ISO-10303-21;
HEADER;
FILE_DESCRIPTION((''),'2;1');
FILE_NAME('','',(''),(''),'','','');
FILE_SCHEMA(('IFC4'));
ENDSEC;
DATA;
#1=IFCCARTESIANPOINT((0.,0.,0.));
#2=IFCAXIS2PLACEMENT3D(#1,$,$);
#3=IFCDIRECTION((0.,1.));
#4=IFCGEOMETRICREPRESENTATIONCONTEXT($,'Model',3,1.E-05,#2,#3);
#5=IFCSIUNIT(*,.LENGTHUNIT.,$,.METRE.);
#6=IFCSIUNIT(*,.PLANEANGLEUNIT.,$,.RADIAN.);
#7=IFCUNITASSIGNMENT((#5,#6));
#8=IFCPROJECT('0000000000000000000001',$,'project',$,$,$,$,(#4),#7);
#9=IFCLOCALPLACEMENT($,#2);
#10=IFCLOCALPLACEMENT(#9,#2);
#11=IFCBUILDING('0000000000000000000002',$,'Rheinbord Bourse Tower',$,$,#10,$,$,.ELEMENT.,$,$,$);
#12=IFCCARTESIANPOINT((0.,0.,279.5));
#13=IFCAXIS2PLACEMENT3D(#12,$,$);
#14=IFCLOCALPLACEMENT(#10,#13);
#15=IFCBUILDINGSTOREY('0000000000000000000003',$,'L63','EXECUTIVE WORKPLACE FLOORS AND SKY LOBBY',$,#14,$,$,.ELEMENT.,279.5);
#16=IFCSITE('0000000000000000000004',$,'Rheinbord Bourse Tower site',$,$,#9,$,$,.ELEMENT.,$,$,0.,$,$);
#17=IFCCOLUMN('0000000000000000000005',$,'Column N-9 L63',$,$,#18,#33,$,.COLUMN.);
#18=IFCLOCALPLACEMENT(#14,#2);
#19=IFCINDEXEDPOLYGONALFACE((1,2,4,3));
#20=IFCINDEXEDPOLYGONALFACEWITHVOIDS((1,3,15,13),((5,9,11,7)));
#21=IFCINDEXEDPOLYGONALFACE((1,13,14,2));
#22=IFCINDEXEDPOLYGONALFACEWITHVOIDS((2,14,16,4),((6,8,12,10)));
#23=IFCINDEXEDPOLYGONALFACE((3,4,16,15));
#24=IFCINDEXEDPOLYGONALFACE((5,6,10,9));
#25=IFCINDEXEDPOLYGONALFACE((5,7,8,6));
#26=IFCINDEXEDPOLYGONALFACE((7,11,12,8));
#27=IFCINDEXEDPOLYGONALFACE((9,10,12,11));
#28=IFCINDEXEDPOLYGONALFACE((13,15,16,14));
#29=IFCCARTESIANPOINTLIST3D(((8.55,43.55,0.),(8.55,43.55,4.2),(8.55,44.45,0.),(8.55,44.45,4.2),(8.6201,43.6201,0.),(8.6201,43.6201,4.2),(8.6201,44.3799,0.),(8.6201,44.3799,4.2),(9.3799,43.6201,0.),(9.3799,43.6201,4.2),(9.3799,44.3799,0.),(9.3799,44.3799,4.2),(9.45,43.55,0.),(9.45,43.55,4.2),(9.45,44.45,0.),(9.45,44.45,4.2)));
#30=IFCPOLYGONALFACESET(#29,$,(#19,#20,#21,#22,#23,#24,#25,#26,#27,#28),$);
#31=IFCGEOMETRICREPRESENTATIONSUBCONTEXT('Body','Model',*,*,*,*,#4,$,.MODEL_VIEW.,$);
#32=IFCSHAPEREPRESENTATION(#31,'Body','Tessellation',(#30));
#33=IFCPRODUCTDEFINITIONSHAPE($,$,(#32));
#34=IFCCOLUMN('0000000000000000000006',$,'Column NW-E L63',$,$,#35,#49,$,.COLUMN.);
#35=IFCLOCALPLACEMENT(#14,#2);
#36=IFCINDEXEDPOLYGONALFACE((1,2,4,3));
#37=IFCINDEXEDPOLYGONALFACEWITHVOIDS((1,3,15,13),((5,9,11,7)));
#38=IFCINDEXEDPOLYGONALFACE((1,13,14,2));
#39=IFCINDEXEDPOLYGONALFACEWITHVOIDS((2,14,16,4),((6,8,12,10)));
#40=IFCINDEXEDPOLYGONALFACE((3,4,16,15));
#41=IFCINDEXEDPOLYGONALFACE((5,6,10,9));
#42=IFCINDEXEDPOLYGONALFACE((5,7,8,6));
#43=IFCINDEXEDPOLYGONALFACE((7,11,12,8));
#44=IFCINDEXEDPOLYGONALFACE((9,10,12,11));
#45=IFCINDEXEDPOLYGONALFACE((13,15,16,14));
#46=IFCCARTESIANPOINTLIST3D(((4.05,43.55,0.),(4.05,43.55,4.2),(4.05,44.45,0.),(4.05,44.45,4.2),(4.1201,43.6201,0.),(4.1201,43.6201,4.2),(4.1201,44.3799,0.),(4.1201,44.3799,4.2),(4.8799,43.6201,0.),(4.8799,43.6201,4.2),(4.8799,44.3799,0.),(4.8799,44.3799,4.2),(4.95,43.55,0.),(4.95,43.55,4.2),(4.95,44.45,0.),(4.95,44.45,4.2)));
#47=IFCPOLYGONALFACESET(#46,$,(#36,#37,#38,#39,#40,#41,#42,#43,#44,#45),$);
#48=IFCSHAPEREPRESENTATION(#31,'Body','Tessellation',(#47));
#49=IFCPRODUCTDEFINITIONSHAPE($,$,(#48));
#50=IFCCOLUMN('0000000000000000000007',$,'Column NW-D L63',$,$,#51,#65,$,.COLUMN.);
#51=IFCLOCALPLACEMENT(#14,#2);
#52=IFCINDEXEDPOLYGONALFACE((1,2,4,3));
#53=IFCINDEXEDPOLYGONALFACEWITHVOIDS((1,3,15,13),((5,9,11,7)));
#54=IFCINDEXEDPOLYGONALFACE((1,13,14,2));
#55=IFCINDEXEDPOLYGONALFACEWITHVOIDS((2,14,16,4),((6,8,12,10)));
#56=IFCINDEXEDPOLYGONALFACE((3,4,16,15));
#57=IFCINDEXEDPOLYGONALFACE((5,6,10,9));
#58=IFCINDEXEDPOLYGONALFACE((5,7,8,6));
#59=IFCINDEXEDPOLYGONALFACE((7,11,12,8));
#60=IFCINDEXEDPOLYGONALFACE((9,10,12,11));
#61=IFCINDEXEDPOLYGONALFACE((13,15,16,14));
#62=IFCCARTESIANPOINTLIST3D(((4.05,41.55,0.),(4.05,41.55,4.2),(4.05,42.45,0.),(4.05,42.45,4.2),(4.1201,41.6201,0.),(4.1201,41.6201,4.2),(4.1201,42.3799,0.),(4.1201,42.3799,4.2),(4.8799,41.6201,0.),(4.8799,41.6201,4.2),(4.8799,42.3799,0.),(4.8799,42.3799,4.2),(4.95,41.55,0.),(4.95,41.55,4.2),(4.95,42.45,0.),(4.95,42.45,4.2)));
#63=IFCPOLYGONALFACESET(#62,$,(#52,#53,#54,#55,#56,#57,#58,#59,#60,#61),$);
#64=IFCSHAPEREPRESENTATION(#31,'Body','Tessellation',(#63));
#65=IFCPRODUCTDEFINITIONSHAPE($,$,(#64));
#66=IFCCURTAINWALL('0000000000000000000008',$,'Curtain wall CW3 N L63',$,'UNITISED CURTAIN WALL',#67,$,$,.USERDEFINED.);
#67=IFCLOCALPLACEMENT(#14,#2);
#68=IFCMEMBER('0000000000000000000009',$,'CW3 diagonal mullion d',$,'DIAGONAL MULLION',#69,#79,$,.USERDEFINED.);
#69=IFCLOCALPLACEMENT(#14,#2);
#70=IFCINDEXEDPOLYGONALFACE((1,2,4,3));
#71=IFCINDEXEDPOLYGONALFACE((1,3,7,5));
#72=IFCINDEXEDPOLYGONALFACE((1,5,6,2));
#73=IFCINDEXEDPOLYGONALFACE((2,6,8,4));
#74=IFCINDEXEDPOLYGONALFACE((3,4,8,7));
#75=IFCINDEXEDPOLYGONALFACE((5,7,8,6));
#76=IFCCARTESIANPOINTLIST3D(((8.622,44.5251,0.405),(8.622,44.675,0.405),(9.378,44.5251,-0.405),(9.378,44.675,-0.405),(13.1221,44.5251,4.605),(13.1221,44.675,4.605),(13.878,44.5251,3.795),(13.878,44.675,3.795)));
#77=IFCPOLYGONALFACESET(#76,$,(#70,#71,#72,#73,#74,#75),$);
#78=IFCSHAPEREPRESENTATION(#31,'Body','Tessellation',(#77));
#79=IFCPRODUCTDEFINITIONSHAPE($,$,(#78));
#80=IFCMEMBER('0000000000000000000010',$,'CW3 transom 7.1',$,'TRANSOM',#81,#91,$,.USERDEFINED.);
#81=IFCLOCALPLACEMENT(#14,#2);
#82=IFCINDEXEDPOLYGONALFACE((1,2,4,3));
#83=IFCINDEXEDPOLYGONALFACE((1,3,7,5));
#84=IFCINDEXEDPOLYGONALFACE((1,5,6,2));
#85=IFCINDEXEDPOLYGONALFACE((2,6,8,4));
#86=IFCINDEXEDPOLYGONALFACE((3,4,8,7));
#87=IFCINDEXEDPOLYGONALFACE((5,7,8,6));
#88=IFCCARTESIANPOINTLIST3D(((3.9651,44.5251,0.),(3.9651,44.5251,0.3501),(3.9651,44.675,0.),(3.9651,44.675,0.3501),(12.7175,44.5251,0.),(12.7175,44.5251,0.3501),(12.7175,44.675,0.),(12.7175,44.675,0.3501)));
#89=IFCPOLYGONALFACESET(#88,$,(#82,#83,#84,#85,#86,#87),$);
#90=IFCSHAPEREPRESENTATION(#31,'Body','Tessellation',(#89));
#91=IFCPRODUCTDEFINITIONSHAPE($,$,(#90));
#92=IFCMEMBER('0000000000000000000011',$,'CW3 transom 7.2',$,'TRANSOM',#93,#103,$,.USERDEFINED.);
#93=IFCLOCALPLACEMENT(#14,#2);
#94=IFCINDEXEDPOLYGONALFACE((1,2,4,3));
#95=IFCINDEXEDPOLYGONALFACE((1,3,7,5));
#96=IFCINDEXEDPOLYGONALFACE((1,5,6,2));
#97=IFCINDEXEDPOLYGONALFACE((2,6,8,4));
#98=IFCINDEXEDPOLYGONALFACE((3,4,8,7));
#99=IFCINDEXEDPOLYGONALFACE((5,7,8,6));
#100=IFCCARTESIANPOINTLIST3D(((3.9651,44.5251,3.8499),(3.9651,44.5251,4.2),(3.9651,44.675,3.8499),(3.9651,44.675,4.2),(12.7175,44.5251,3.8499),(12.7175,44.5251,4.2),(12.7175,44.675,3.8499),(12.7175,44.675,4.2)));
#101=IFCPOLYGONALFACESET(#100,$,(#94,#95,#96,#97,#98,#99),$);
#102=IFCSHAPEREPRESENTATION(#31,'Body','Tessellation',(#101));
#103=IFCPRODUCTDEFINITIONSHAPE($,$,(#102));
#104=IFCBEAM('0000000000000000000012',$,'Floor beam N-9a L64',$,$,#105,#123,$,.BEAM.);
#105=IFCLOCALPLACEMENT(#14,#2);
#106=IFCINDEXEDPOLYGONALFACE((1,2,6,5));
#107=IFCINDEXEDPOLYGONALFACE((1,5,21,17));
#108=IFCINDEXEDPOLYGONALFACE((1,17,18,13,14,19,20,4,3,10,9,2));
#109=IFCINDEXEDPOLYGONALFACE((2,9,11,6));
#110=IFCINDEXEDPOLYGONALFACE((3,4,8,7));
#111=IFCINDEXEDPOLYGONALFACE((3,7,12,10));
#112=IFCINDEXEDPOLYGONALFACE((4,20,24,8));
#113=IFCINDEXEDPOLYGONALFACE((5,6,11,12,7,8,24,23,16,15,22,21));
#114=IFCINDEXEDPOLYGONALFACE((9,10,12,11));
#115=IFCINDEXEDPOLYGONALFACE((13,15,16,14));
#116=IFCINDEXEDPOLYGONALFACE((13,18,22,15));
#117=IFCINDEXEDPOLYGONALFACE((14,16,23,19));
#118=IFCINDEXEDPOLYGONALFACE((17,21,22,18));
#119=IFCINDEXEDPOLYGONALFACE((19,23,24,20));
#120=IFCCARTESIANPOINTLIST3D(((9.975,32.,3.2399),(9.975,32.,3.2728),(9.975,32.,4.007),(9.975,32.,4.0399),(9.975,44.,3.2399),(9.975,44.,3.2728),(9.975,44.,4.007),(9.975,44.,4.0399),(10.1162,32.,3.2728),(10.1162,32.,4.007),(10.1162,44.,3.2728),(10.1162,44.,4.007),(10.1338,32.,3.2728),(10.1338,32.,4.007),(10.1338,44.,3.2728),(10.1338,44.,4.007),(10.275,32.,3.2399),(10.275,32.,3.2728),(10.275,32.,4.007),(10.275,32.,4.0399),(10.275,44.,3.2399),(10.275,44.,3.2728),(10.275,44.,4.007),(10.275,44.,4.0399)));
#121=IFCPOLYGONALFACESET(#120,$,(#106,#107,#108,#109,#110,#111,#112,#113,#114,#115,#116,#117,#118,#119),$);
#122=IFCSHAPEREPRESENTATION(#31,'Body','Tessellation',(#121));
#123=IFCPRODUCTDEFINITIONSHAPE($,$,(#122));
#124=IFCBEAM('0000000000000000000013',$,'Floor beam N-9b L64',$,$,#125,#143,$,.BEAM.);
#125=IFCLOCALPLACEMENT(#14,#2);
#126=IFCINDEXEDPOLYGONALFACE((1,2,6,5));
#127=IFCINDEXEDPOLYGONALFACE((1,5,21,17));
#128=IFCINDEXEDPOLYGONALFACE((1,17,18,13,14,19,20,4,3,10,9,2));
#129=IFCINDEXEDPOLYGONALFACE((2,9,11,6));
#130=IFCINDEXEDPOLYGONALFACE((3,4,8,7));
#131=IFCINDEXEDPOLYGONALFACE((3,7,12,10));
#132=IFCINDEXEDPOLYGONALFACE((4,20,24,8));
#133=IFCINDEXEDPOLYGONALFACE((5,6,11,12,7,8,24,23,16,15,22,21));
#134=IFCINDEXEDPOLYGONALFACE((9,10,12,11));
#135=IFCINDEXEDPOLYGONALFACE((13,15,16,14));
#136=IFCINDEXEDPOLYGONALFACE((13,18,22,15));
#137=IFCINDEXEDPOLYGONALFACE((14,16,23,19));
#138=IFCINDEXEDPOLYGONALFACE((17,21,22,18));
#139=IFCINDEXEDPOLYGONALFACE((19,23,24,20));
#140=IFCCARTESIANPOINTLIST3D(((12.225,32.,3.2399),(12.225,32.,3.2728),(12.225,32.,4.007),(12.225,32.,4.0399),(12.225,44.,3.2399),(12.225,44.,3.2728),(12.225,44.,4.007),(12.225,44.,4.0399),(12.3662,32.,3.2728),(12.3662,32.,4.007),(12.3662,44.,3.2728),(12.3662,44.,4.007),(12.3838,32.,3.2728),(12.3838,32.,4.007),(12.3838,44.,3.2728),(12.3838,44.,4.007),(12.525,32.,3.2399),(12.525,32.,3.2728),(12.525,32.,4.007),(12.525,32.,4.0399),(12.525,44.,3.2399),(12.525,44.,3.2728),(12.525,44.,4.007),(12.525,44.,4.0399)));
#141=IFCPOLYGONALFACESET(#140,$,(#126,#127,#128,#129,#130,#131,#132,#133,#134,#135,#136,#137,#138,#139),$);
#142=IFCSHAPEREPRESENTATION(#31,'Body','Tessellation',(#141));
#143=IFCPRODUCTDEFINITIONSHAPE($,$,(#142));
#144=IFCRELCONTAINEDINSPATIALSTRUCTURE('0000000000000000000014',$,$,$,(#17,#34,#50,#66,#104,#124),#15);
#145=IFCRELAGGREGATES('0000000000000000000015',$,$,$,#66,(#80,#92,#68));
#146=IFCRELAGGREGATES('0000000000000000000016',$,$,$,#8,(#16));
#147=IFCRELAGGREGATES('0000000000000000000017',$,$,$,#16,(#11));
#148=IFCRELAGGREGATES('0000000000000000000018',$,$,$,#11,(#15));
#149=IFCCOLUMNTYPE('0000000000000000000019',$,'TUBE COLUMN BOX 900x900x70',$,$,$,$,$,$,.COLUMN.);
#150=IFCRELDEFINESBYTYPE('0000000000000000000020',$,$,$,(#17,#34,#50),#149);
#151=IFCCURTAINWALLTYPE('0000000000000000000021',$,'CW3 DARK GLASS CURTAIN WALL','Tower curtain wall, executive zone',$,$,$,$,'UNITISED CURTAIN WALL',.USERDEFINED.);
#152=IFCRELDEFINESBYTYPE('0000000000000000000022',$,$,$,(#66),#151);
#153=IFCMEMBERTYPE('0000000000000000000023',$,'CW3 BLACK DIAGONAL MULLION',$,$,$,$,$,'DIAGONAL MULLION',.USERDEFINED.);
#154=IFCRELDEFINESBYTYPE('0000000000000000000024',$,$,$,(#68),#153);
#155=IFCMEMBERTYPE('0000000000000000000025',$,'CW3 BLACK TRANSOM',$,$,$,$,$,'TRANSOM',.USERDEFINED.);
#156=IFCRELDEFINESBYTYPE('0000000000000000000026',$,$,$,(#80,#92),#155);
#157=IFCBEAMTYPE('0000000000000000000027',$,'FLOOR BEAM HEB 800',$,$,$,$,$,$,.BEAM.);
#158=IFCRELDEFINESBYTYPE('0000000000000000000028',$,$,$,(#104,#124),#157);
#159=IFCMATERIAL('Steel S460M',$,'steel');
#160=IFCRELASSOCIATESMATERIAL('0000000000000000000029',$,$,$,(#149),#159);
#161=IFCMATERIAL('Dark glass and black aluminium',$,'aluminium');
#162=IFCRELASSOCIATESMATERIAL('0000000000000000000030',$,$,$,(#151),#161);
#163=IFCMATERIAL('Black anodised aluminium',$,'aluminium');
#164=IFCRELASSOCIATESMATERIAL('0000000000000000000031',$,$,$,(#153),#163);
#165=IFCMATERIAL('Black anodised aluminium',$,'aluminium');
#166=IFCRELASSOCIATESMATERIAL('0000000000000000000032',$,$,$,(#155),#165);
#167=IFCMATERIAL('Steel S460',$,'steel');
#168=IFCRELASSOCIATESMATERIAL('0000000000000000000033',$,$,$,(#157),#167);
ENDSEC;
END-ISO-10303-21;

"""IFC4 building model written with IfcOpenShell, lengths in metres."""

from ifc_helpers import new_model, si_unit, direction, frame, origin, origin_2d, place, context, subcontext, project, spatial, rectangle, hollow_rectangle, i_section, extrude, material, material_profile, profile_set, type_object, element, aggregate, save


model = new_model("IFC4")

# Units and contexts
model_context = context("Model", 3, precision=1e-05, world=origin(), true_north=direction((0.0, 1.0)))
body_context = subcontext(model_context, "Body", "Model", "MODEL_VIEW")
ifc_project = project(units=[si_unit("LENGTHUNIT", "METRE"), si_unit("PLANEANGLEUNIT", "RADIAN")], contexts=[model_context])

# Site, building, storey
site_placement = place(None, origin())
site = spatial("IfcSite", under=ifc_project, at=site_placement, Name="Rheinbord Bourse Tower site", CompositionType="ELEMENT", RefElevation=0.0)
building_placement = place(site_placement, origin())
building = spatial("IfcBuilding", under=site, at=building_placement, Name="Rheinbord Bourse Tower", CompositionType="ELEMENT")
storey_placement = place(building_placement, frame((0.0, 0.0, 279.5)))
storey = spatial("IfcBuildingStorey", under=building, at=storey_placement, Name="L63", Description="EXECUTIVE WORKPLACE FLOORS AND SKY LOBBY", CompositionType="ELEMENT", Elevation=279.5)

# Columns
ifc_material_1 = material(Name="Steel S460M", Category="steel")
ifc_material_profile_1 = material_profile(ifc_material_1, hollow_rectangle(XDim=0.8999, YDim=0.8999, WallThickness=0.0701, at=origin_2d()), Name="BOX 900x900x70")
ifc_profile_set_1 = profile_set([ifc_material_profile_1], Name="Steel S460M")
column_type = type_object("IfcColumnType", Name="TUBE COLUMN BOX 900x900x70", PredefinedType="COLUMN", material=ifc_profile_set_1)
for number, where, z_axis, x_axis, name in (
    (1, (9.0, 44.0, 0.0), (0.0, 0.0, 1.0), (0.0, 1.0, 0.0), "Column N-9 L63"),
    (2, (4.5, 44.0, 0.0), (0.0, 0.0, 1.0), (0.0, 1.0, 0.0), "Column NW-E L63"),
    (3, (4.5, 42.0, 0.0), (0.0, 0.0, 1.0), (0.0, 1.0, 0.0), "Column NW-D L63"),
):
    element("IfcColumn", number, at=place(storey_placement, frame(where, z_axis=z_axis, x_axis=x_axis)), inside=storey, type_object=column_type, Name=name, PredefinedType="COLUMN", context=body_context, shape_type="SweptSolid", body=[
        extrude(hollow_rectangle(XDim=0.8999, YDim=0.8999, WallThickness=0.0701, at=origin_2d()), origin(), (0.0, 0.0, 1.0), 4.2),
    ])

# Curtain wall, members
ifc_material_2 = material(Name="Dark glass and black aluminium", Category="aluminium")
curtain_wall_type = type_object("IfcCurtainWallType", Name="CW3 DARK GLASS CURTAIN WALL", Description="Tower curtain wall, executive zone", ElementType="UNITISED CURTAIN WALL", PredefinedType="USERDEFINED", material=ifc_material_2)
curtain_wall_placement = place(storey_placement, origin())
curtain_wall = element("IfcCurtainWall", 4, at=curtain_wall_placement, inside=storey, type_object=curtain_wall_type, Name="Curtain wall CW3 N L63", ObjectType="UNITISED CURTAIN WALL", PredefinedType="USERDEFINED")
ifc_material_3 = material(Name="Black anodised aluminium", Category="aluminium")
ifc_material_profile_2 = material_profile(ifc_material_3, rectangle(XDim=0.1499, YDim=1.1079, at=origin_2d()), Name="CW3 DIAGONAL MULLION 1108x150")
ifc_profile_set_2 = profile_set([ifc_material_profile_2], Name="Black anodised aluminium")
member_type_1 = type_object("IfcMemberType", Name="CW3 BLACK DIAGONAL MULLION", ElementType="DIAGONAL MULLION", PredefinedType="USERDEFINED", material=ifc_profile_set_2)
member_1_placement = place(storey_placement, frame((9.0, 44.6001, 0.0), z_axis=(0.731059, 0.0, 0.682314), x_axis=(0.0, 1.0, 0.0)))
member_1 = element("IfcMember", 5, at=member_1_placement, type_object=member_type_1, Name="CW3 diagonal mullion d", ObjectType="DIAGONAL MULLION", PredefinedType="USERDEFINED", context=body_context, shape_type="SweptSolid", body=[
    extrude(rectangle(XDim=0.1499, YDim=1.1079, at=origin_2d()), origin(), (0.0, 0.0, 1.0), 6.1555),
])
ifc_material_4 = material(Name="Black anodised aluminium", Category="aluminium")
ifc_material_profile_3 = material_profile(ifc_material_4, rectangle(XDim=0.1499, YDim=0.3501, at=origin_2d()), Name="CW3 TRANSOM 350x150")
ifc_profile_set_3 = profile_set([ifc_material_profile_3], Name="Black anodised aluminium")
member_type_2 = type_object("IfcMemberType", Name="CW3 BLACK TRANSOM", ElementType="TRANSOM", PredefinedType="USERDEFINED", material=ifc_profile_set_3)
member_2_placement = place(storey_placement, frame((12.7175, 44.6001, 0.175), z_axis=(-1.0, 0.0, 0.0), x_axis=(0.0, -1.0, 0.0)))
member_2 = element("IfcMember", 6, at=member_2_placement, type_object=member_type_2, Name="CW3 transom 7.1", ObjectType="TRANSOM", PredefinedType="USERDEFINED", context=body_context, shape_type="SweptSolid", body=[
    extrude(rectangle(XDim=0.1499, YDim=0.3501, at=origin_2d()), origin(), (0.0, 0.0, 1.0), 8.7524),
])
member_3_placement = place(storey_placement, frame((12.7175, 44.6001, 4.0249), z_axis=(-1.0, 0.0, 0.0), x_axis=(0.0, -1.0, 0.0)))
member_3 = element("IfcMember", 7, at=member_3_placement, type_object=member_type_2, Name="CW3 transom 7.2", ObjectType="TRANSOM", PredefinedType="USERDEFINED", context=body_context, shape_type="SweptSolid", body=[
    extrude(rectangle(XDim=0.1499, YDim=0.3501, at=origin_2d()), origin(), (0.0, 0.0, 1.0), 8.7524),
])

# Beams
ifc_material_5 = material(Name="Steel S460", Category="steel")
ifc_material_profile_4 = material_profile(ifc_material_5, i_section(OverallWidth=0.3, OverallDepth=0.8, WebThickness=0.0176, FlangeThickness=0.033, at=origin_2d()), Name="HEB 800")
ifc_profile_set_4 = profile_set([ifc_material_profile_4], Name="Steel S460")
beam_type_1 = type_object("IfcBeamType", Name="FLOOR BEAM HEB 800", PredefinedType="BEAM", material=ifc_profile_set_4)
for number, where, z_axis, x_axis, name in (
    (8, (10.125, 44.0, 3.6399), (0.0, -1.0, 0.0), (1.0, 0.0, 0.0), "Floor beam N-9a L64"),
    (9, (12.375, 44.0, 3.6399), (0.0, -1.0, 0.0), (1.0, 0.0, 0.0), "Floor beam N-9b L64"),
):
    element("IfcBeam", number, at=place(storey_placement, frame(where, z_axis=z_axis, x_axis=x_axis)), inside=storey, type_object=beam_type_1, Name=name, PredefinedType="BEAM", context=body_context, shape_type="SweptSolid", body=[
        extrude(i_section(OverallWidth=0.3, OverallDepth=0.8, WebThickness=0.0176, FlangeThickness=0.033, at=origin_2d()), origin(), (0.0, 0.0, 1.0), 12.0),
    ])

aggregate(curtain_wall, [member_2, member_3, member_1])

save(model, "model.ifc")
